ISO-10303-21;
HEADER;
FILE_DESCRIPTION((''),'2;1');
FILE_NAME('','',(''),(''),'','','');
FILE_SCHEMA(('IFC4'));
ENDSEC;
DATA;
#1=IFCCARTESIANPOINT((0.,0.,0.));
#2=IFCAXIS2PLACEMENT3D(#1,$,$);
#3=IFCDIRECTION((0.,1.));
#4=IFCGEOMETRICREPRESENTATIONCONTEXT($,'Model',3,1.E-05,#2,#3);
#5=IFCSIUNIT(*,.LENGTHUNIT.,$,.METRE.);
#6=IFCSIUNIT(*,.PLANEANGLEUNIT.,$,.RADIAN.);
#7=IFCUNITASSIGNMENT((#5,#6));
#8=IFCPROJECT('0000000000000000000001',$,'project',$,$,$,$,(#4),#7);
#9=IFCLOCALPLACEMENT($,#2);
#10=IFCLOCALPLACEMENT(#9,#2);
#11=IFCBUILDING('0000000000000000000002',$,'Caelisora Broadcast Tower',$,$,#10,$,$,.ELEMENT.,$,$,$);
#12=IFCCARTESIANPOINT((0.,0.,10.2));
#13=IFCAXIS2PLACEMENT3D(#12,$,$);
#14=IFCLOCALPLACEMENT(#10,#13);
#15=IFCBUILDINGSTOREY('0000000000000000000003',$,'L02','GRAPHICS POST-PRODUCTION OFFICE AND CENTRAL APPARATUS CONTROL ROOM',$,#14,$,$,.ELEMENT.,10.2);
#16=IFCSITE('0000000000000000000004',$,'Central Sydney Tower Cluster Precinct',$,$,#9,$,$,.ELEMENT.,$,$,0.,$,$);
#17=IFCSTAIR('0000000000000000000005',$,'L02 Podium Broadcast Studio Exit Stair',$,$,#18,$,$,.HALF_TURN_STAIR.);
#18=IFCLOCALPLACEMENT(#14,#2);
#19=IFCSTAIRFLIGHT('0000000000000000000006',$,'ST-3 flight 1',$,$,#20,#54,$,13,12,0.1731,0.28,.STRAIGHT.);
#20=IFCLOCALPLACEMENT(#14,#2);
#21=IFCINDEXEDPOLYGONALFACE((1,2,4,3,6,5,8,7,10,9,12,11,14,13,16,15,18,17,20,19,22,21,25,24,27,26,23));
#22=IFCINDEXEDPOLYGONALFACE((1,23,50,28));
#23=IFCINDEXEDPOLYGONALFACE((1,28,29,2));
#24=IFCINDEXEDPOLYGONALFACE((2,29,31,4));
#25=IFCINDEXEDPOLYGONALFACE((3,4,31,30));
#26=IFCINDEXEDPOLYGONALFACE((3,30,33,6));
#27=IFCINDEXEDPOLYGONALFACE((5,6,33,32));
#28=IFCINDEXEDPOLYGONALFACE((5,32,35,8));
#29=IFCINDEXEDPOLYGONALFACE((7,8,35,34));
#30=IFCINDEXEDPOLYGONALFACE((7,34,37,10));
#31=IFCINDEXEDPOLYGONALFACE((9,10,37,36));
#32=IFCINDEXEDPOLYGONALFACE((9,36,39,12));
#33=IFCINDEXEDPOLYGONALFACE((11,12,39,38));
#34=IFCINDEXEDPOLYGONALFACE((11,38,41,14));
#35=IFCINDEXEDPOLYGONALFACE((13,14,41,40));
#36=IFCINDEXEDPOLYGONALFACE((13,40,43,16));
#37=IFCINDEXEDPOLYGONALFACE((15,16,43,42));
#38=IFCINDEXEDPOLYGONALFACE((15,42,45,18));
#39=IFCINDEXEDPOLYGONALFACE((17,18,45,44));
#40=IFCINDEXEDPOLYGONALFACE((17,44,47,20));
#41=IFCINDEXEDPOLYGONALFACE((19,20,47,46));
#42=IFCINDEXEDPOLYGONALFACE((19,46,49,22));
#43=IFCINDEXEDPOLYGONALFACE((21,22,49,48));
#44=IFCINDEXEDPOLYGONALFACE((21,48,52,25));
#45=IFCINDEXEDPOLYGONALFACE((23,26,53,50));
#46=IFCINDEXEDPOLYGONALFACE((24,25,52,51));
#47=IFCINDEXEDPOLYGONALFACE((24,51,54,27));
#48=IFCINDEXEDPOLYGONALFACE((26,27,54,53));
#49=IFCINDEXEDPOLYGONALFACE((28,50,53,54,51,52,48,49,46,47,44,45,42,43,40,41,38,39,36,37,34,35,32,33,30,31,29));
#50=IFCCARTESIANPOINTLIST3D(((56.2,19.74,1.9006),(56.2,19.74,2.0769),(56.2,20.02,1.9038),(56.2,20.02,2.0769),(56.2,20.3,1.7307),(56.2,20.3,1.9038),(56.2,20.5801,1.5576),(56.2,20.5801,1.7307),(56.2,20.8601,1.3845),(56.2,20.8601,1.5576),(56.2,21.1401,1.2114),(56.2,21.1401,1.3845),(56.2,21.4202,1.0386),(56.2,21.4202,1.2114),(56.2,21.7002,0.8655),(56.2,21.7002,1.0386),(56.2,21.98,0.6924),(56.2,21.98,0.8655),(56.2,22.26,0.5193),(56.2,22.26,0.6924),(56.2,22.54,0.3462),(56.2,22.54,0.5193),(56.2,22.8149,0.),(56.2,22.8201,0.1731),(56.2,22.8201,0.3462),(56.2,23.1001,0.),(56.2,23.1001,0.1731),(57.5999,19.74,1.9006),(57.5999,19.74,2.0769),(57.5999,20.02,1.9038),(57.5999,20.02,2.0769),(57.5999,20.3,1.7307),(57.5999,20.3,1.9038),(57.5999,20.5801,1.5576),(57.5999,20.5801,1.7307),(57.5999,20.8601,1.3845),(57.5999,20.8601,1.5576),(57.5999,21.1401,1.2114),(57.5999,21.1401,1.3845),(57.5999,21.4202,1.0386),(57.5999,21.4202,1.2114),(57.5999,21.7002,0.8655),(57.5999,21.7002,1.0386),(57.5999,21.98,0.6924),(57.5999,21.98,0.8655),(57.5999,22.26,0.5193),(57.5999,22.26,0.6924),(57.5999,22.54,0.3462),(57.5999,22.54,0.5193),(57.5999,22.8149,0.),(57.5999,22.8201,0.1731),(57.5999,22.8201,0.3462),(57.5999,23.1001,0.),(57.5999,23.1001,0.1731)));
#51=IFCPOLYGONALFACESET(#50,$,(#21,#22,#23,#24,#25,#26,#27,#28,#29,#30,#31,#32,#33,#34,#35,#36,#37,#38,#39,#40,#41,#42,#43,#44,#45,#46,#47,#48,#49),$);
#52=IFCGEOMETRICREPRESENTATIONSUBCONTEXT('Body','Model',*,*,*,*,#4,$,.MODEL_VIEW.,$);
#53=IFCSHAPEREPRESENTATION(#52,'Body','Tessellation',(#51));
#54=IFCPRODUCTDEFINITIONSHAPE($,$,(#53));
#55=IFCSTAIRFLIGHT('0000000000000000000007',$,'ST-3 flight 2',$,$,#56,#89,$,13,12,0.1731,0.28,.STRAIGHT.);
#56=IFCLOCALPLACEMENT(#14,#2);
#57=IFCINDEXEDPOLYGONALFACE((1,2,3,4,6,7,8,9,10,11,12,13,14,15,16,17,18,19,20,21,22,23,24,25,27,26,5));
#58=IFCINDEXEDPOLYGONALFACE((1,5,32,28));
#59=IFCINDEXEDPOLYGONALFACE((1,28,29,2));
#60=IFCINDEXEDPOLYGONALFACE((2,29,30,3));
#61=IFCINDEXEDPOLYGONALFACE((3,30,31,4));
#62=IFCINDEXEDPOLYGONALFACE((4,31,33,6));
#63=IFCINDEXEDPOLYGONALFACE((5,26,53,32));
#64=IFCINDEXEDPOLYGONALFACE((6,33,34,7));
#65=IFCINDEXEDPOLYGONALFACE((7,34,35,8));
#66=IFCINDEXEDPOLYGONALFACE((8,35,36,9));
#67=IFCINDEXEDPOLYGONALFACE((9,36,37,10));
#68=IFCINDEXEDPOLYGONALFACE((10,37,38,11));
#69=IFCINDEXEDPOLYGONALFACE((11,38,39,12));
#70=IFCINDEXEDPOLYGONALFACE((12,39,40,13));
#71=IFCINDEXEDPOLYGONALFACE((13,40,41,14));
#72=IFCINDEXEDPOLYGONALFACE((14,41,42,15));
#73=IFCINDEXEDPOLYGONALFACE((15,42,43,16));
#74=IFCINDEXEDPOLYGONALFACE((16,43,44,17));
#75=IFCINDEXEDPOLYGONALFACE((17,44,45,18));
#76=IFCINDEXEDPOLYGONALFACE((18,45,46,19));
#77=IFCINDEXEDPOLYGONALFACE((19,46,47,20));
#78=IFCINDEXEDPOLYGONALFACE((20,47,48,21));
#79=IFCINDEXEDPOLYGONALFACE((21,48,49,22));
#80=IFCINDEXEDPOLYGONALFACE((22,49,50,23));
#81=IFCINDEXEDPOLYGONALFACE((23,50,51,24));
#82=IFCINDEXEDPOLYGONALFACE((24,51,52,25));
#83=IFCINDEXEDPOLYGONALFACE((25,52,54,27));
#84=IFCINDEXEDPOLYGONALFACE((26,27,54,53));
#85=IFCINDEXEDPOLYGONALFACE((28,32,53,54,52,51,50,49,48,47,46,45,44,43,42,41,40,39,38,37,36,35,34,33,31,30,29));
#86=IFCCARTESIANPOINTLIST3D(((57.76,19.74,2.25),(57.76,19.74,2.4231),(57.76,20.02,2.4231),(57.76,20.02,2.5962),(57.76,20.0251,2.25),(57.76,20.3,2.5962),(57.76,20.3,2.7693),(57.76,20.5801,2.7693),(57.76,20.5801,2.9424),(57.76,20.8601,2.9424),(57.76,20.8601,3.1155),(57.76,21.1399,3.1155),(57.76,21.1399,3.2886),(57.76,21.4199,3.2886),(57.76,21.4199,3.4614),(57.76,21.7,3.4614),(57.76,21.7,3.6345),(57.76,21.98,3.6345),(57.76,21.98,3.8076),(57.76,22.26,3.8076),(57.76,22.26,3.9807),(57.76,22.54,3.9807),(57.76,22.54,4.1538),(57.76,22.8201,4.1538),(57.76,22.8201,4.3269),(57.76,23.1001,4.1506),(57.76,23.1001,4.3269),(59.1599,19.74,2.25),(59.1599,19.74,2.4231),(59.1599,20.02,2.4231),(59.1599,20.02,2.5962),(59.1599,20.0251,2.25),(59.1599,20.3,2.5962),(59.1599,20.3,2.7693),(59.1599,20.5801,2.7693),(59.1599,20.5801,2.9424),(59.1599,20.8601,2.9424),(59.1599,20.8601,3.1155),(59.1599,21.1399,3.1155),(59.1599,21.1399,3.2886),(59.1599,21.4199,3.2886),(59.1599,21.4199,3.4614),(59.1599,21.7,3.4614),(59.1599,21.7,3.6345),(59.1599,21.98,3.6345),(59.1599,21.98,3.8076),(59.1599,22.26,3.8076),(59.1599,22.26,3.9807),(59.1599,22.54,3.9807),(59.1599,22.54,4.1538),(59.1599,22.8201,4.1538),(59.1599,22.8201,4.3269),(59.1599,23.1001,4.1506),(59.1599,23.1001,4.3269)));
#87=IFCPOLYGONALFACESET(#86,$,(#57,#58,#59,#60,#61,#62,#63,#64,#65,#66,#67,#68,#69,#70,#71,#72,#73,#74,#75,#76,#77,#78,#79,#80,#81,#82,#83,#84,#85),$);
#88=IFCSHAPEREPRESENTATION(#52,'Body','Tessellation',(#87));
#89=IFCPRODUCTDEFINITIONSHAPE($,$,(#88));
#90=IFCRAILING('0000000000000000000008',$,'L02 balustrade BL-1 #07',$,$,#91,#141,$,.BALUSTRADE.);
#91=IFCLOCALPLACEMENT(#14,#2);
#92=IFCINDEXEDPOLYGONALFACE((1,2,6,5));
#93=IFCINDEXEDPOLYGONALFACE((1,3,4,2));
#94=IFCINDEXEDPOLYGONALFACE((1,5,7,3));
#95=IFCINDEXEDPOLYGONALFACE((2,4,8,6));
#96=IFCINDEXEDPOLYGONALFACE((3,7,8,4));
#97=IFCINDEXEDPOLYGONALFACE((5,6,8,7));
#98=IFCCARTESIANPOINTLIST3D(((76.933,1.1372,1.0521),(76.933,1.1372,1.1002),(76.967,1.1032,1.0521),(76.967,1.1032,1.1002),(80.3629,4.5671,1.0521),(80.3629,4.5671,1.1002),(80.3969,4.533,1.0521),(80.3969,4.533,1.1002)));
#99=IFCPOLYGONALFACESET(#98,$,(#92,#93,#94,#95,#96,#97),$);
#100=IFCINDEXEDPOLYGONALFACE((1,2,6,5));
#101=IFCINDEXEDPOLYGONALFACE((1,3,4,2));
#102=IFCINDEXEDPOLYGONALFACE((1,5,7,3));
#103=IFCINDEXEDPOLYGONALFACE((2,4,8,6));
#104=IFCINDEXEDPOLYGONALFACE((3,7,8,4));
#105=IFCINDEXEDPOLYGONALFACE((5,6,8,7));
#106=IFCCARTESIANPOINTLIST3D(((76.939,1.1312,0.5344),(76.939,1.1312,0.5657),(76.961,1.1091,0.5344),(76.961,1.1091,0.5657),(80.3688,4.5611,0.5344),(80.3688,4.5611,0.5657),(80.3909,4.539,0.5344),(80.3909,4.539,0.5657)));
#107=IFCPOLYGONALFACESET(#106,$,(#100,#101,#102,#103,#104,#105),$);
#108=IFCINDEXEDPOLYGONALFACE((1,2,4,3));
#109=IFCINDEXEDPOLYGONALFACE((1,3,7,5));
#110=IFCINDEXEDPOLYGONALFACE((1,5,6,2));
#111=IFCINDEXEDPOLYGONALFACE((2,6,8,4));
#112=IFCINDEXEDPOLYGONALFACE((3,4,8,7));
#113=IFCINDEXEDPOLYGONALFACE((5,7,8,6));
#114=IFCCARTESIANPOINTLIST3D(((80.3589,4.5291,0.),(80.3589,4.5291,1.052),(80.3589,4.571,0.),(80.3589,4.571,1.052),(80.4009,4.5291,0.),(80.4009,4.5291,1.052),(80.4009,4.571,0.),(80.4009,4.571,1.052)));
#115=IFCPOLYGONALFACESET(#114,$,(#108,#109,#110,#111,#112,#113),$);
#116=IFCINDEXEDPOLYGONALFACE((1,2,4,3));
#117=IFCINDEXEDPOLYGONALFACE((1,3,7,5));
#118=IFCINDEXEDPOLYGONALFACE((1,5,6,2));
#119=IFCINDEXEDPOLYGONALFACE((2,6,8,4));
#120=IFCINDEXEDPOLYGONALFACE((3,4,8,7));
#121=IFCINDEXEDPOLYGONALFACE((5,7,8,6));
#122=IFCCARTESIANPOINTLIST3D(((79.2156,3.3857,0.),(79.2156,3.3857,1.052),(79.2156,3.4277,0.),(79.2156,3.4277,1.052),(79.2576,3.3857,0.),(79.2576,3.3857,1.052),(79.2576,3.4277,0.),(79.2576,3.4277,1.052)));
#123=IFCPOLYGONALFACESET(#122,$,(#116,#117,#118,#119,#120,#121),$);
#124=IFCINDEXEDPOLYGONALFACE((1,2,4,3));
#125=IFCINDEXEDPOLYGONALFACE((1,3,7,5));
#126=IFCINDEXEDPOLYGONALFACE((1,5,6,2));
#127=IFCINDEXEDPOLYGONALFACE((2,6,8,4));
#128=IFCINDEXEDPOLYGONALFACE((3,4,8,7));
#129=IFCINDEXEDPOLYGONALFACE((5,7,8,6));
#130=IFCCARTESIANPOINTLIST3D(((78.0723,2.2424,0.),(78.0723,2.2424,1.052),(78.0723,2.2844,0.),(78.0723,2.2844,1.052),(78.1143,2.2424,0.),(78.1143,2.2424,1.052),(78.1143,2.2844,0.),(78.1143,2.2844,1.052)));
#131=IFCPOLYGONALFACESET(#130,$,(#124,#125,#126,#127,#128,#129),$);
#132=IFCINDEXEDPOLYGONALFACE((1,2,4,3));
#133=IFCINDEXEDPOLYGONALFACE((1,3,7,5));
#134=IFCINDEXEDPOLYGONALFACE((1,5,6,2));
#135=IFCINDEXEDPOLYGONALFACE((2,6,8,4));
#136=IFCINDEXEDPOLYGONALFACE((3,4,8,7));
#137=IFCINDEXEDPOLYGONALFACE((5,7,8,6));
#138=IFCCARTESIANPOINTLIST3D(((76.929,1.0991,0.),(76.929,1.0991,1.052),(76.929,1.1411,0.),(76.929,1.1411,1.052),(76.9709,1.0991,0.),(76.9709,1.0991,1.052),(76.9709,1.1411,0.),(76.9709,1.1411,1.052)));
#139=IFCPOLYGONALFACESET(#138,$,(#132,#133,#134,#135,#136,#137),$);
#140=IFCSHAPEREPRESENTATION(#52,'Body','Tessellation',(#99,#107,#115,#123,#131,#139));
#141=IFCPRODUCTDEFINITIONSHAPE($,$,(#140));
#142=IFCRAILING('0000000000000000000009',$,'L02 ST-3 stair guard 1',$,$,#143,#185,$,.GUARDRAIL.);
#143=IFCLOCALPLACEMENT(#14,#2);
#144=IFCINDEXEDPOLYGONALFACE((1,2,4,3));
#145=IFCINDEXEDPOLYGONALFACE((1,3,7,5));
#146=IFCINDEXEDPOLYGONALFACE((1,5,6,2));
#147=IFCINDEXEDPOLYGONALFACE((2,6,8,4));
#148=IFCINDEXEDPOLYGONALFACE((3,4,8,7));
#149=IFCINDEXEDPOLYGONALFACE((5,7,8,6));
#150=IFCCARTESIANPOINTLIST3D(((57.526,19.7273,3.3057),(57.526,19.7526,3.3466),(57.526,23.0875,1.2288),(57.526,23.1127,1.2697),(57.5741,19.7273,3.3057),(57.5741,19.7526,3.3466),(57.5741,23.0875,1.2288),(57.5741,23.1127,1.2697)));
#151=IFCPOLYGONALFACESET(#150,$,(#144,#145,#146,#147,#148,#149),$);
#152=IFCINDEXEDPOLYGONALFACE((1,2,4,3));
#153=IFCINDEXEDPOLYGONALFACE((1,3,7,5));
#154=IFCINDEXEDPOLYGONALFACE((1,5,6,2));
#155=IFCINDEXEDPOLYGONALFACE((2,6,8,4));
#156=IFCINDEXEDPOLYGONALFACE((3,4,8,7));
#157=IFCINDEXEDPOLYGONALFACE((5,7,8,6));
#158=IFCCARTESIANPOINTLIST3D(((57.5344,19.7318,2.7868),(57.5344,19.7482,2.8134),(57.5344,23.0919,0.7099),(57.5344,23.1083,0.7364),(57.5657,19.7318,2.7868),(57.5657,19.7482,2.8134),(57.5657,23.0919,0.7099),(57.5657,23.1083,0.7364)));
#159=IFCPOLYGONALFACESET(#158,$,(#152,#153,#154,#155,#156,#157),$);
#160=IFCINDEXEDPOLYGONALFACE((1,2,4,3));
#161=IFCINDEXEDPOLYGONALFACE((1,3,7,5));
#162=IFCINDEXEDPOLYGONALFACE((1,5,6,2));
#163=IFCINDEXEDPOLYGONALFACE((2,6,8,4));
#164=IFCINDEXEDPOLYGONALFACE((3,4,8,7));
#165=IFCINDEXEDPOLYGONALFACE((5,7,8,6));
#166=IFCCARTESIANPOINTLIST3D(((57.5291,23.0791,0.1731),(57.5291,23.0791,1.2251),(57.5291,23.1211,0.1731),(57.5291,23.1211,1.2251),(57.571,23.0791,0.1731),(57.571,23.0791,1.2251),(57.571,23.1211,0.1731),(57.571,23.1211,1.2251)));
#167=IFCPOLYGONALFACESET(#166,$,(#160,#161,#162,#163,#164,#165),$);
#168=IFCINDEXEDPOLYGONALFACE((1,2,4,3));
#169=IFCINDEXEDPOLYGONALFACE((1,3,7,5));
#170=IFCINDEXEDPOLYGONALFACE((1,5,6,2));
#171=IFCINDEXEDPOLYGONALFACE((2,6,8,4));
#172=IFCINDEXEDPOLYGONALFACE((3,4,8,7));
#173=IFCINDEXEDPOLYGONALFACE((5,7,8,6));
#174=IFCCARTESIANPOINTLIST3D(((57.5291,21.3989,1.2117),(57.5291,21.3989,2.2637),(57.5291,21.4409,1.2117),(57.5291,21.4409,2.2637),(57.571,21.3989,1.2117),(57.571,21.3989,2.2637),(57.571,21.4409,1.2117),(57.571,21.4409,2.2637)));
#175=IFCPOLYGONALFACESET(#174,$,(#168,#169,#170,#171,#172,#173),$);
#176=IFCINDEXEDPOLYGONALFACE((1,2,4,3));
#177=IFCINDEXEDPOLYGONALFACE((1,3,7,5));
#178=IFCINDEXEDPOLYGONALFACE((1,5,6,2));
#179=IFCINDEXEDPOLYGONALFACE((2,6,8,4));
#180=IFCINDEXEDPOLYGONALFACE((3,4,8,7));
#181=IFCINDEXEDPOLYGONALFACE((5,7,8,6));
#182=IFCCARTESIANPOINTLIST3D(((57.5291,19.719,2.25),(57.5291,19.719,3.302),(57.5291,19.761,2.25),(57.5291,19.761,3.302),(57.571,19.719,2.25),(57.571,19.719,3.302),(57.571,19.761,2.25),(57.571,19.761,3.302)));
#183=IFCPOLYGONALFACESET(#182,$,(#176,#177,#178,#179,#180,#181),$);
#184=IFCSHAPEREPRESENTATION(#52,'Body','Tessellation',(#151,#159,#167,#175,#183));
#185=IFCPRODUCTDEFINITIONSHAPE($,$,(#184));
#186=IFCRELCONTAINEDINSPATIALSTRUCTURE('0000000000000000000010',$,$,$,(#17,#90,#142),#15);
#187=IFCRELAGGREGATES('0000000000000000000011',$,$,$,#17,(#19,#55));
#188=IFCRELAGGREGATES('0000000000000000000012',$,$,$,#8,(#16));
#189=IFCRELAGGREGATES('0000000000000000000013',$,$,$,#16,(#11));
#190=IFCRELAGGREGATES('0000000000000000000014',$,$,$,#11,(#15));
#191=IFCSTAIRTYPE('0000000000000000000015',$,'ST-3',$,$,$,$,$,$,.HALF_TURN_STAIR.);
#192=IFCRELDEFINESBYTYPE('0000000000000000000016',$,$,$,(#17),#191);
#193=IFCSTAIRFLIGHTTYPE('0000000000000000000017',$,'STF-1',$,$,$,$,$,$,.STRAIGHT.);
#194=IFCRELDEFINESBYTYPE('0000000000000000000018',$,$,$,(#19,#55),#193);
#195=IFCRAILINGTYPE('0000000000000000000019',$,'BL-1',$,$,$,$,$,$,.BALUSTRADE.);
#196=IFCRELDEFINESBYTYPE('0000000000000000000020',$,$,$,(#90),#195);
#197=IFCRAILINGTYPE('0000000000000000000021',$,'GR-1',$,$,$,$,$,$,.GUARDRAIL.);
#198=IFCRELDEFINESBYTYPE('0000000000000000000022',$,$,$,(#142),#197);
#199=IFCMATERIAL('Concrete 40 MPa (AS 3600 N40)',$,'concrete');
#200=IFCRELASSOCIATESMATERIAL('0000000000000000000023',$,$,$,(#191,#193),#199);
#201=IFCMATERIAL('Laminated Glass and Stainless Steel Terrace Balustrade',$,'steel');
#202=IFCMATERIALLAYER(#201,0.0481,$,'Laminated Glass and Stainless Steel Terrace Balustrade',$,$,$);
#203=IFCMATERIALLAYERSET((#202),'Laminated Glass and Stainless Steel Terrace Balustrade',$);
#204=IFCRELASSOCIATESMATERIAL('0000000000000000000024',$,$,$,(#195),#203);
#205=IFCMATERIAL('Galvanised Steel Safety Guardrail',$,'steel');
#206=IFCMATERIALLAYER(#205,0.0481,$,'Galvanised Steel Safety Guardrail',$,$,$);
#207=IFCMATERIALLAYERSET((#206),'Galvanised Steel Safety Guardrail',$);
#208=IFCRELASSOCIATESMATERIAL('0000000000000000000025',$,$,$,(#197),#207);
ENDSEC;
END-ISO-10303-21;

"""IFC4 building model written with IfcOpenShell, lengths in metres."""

from ifc_helpers import new_model, si_unit, direction, frame, origin, origin_2d, place, context, subcontext, project, spatial, polyline, rectangle, outline, extrude, material, layer, layer_set, type_object, element, aggregate, save


model = new_model("IFC4")

# Units and contexts
model_context = context("Model", 3, precision=1e-05, world=origin(), true_north=direction((0.0, 1.0)))
body_context = subcontext(model_context, "Body", "Model", "MODEL_VIEW")
ifc_project = project(units=[si_unit("LENGTHUNIT", "METRE"), si_unit("PLANEANGLEUNIT", "RADIAN")], contexts=[model_context])

# Site, building, storey
site_placement = place(None, origin())
site = spatial("IfcSite", under=ifc_project, at=site_placement, Name="Central Sydney Tower Cluster Precinct", CompositionType="ELEMENT", RefElevation=0.0)
building_placement = place(site_placement, origin())
building = spatial("IfcBuilding", under=site, at=building_placement, Name="Caelisora Broadcast Tower", CompositionType="ELEMENT")
storey_placement = place(building_placement, frame((0.0, 0.0, 10.2)))
storey = spatial("IfcBuildingStorey", under=building, at=storey_placement, Name="L02", Description="GRAPHICS POST-PRODUCTION OFFICE AND CENTRAL APPARATUS CONTROL ROOM", CompositionType="ELEMENT", Elevation=10.2)

# Stair, stair flights
ifc_material_1 = material(Name="Concrete 40 MPa (AS 3600 N40)", Category="concrete")
stair_type = type_object("IfcStairType", Name="ST-3", PredefinedType="HALF_TURN_STAIR", material=ifc_material_1)
stair_placement = place(storey_placement, origin())
stair = element("IfcStair", 1, at=stair_placement, inside=storey, type_object=stair_type, Name="L02 Podium Broadcast Studio Exit Stair", PredefinedType="HALF_TURN_STAIR")
stair_flight_type = type_object("IfcStairFlightType", Name="STF-1", PredefinedType="STRAIGHT", material=ifc_material_1)
stair_flight_1_placement = place(storey_placement, frame((56.8999, 23.1001, 0.0), z_axis=(0.0, 0.0, 1.0), x_axis=(0.0, -1.0, 0.0)))
stair_flight_1 = element("IfcStairFlight", 2, at=stair_flight_1_placement, type_object=stair_flight_type, Name="ST-3 flight 1", NumberOfRisers=13, NumberOfTreads=12, PredefinedType="STRAIGHT", RiserHeight=0.1731, TreadLength=0.28, context=body_context, shape_type="SweptSolid", body=[
    extrude(outline(polyline([(0.0, 0.0), (0.0, 0.1731), (0.28, 0.1731), (0.28, 0.3462), (0.5601, 0.3462), (0.5601, 0.5193), (0.8401, 0.5193), (0.8401, 0.6924), (1.1201, 0.6924), (1.1201, 0.8655), (1.3999, 0.8655), (1.3999, 1.0386), (1.6799, 1.0386), (1.6799, 1.2114), (1.96, 1.2114), (1.96, 1.3845), (2.24, 1.3845), (2.24, 1.5576), (2.52, 1.5576), (2.52, 1.7307), (2.8, 1.7307), (2.8, 1.9038), (3.0801, 1.9038), (3.0801, 2.0769), (3.3601, 2.0769), (3.3601, 2.25), (3.3601, 1.9006), (0.2852, 0.0), (0.0, 0.0)])), frame((0.0, 0.7, 0.0), z_axis=(0.0, -1.0, 0.0), x_axis=(1.0, 0.0, 0.0)), (0.0, 0.0, 1.0), 1.3999),
])
stair_flight_2_placement = place(storey_placement, frame((58.46, 19.74, 2.25), z_axis=(0.0, 0.0, 1.0), x_axis=(0.0, 1.0, 0.0)))
stair_flight_2 = element("IfcStairFlight", 3, at=stair_flight_2_placement, type_object=stair_flight_type, Name="ST-3 flight 2", NumberOfRisers=13, NumberOfTreads=12, PredefinedType="STRAIGHT", RiserHeight=0.1731, TreadLength=0.28, context=body_context, shape_type="SweptSolid", body=[
    extrude(outline(polyline([(0.0, 0.0), (0.0, 0.1731), (0.28, 0.1731), (0.28, 0.3462), (0.5601, 0.3462), (0.5601, 0.5193), (0.8401, 0.5193), (0.8401, 0.6924), (1.1201, 0.6924), (1.1201, 0.8655), (1.3999, 0.8655), (1.3999, 1.0386), (1.6799, 1.0386), (1.6799, 1.2114), (1.96, 1.2114), (1.96, 1.3845), (2.24, 1.3845), (2.24, 1.5576), (2.52, 1.5576), (2.52, 1.7307), (2.8, 1.7307), (2.8, 1.9038), (3.0801, 1.9038), (3.0801, 2.0769), (3.3601, 2.0769), (3.3601, 2.25), (3.3601, 1.9006), (0.2852, 0.0), (0.0, 0.0)])), frame((0.0, 0.7, 0.0), z_axis=(0.0, -1.0, 0.0), x_axis=(1.0, 0.0, 0.0)), (0.0, 0.0, 1.0), 1.3999),
])
aggregate(stair, [stair_flight_1, stair_flight_2])

# Railings
ifc_material_2 = material(Name="Laminated Glass and Stainless Steel Terrace Balustrade", Category="steel")
ifc_layer_1 = layer(ifc_material_2, 0.0481, Name="Laminated Glass and Stainless Steel Terrace Balustrade")
ifc_layer_set_1 = layer_set([ifc_layer_1], Name="Laminated Glass and Stainless Steel Terrace Balustrade")
railing_type_1 = type_object("IfcRailingType", Name="BL-1", PredefinedType="BALUSTRADE", material=ifc_layer_set_1)
railing_1_placement = place(storey_placement, frame((80.3799, 4.55, 0.0)))
element("IfcRailing", 4, at=railing_1_placement, inside=storey, type_object=railing_type_1, Name="L02 balustrade BL-1 #07", PredefinedType="BALUSTRADE", context=body_context, shape_type="SweptSolid", body=[
    extrude(rectangle(XDim=0.0481, YDim=0.0481, at=origin_2d()), frame((0.0, 0.0, 1.0762), z_axis=(-0.707107, -0.707107, 0.0), x_axis=(0.707107, -0.707107, 0.0)), (0.0, 0.0, 1.0), 4.8506),
    extrude(rectangle(XDim=0.0312, YDim=0.0312, at=origin_2d()), frame((0.0, 0.0, 0.55), z_axis=(-0.707107, -0.707107, 0.0), x_axis=(0.707107, -0.707107, 0.0)), (0.0, 0.0, 1.0), 4.8506),
    extrude(rectangle(XDim=0.042, YDim=0.042, at=origin_2d()), origin(), (0.0, 0.0, 1.0), 1.052),
    extrude(rectangle(XDim=0.042, YDim=0.042, at=origin_2d()), frame((-1.1433, -1.1433, 0.0)), (0.0, 0.0, 1.0), 1.052),
    extrude(rectangle(XDim=0.042, YDim=0.042, at=origin_2d()), frame((-2.2866, -2.2866, 0.0)), (0.0, 0.0, 1.0), 1.052),
    extrude(rectangle(XDim=0.042, YDim=0.042, at=origin_2d()), frame((-3.4299, -3.4299, 0.0)), (0.0, 0.0, 1.0), 1.052),
])
ifc_material_3 = material(Name="Galvanised Steel Safety Guardrail", Category="steel")
ifc_layer_2 = layer(ifc_material_3, 0.0481, Name="Galvanised Steel Safety Guardrail")
ifc_layer_set_2 = layer_set([ifc_layer_2], Name="Galvanised Steel Safety Guardrail")
railing_type_2 = type_object("IfcRailingType", Name="GR-1", PredefinedType="GUARDRAIL", material=ifc_layer_set_2)
railing_2_placement = place(storey_placement, frame((57.55, 23.1001, 0.1731)))
element("IfcRailing", 5, at=railing_2_placement, inside=storey, type_object=railing_type_2, Name="L02 ST-3 stair guard 1", PredefinedType="GUARDRAIL", context=body_context, shape_type="SweptSolid", body=[
    extrude(rectangle(XDim=0.0481, YDim=0.0481, at=origin_2d()), frame((0.0, 0.0, 1.0762), z_axis=(0.0, -0.850623, 0.525776), x_axis=(1.0, 0.0, 0.0)), (0.0, 0.0, 1.0), 3.9502),
    extrude(rectangle(XDim=0.0312, YDim=0.0312, at=origin_2d()), frame((0.0, 0.0, 0.55), z_axis=(0.0, -0.850623, 0.525776), x_axis=(1.0, 0.0, 0.0)), (0.0, 0.0, 1.0), 3.9502),
    extrude(rectangle(XDim=0.042, YDim=0.042, at=origin_2d()), origin(), (0.0, 0.0, 1.0), 1.052),
    extrude(rectangle(XDim=0.042, YDim=0.042, at=origin_2d()), frame((0.0, -1.6802, 1.0386)), (0.0, 0.0, 1.0), 1.052),
    extrude(rectangle(XDim=0.042, YDim=0.042, at=origin_2d()), frame((0.0, -3.3601, 2.0769)), (0.0, 0.0, 1.0), 1.052),
])

save(model, "model.ifc")
